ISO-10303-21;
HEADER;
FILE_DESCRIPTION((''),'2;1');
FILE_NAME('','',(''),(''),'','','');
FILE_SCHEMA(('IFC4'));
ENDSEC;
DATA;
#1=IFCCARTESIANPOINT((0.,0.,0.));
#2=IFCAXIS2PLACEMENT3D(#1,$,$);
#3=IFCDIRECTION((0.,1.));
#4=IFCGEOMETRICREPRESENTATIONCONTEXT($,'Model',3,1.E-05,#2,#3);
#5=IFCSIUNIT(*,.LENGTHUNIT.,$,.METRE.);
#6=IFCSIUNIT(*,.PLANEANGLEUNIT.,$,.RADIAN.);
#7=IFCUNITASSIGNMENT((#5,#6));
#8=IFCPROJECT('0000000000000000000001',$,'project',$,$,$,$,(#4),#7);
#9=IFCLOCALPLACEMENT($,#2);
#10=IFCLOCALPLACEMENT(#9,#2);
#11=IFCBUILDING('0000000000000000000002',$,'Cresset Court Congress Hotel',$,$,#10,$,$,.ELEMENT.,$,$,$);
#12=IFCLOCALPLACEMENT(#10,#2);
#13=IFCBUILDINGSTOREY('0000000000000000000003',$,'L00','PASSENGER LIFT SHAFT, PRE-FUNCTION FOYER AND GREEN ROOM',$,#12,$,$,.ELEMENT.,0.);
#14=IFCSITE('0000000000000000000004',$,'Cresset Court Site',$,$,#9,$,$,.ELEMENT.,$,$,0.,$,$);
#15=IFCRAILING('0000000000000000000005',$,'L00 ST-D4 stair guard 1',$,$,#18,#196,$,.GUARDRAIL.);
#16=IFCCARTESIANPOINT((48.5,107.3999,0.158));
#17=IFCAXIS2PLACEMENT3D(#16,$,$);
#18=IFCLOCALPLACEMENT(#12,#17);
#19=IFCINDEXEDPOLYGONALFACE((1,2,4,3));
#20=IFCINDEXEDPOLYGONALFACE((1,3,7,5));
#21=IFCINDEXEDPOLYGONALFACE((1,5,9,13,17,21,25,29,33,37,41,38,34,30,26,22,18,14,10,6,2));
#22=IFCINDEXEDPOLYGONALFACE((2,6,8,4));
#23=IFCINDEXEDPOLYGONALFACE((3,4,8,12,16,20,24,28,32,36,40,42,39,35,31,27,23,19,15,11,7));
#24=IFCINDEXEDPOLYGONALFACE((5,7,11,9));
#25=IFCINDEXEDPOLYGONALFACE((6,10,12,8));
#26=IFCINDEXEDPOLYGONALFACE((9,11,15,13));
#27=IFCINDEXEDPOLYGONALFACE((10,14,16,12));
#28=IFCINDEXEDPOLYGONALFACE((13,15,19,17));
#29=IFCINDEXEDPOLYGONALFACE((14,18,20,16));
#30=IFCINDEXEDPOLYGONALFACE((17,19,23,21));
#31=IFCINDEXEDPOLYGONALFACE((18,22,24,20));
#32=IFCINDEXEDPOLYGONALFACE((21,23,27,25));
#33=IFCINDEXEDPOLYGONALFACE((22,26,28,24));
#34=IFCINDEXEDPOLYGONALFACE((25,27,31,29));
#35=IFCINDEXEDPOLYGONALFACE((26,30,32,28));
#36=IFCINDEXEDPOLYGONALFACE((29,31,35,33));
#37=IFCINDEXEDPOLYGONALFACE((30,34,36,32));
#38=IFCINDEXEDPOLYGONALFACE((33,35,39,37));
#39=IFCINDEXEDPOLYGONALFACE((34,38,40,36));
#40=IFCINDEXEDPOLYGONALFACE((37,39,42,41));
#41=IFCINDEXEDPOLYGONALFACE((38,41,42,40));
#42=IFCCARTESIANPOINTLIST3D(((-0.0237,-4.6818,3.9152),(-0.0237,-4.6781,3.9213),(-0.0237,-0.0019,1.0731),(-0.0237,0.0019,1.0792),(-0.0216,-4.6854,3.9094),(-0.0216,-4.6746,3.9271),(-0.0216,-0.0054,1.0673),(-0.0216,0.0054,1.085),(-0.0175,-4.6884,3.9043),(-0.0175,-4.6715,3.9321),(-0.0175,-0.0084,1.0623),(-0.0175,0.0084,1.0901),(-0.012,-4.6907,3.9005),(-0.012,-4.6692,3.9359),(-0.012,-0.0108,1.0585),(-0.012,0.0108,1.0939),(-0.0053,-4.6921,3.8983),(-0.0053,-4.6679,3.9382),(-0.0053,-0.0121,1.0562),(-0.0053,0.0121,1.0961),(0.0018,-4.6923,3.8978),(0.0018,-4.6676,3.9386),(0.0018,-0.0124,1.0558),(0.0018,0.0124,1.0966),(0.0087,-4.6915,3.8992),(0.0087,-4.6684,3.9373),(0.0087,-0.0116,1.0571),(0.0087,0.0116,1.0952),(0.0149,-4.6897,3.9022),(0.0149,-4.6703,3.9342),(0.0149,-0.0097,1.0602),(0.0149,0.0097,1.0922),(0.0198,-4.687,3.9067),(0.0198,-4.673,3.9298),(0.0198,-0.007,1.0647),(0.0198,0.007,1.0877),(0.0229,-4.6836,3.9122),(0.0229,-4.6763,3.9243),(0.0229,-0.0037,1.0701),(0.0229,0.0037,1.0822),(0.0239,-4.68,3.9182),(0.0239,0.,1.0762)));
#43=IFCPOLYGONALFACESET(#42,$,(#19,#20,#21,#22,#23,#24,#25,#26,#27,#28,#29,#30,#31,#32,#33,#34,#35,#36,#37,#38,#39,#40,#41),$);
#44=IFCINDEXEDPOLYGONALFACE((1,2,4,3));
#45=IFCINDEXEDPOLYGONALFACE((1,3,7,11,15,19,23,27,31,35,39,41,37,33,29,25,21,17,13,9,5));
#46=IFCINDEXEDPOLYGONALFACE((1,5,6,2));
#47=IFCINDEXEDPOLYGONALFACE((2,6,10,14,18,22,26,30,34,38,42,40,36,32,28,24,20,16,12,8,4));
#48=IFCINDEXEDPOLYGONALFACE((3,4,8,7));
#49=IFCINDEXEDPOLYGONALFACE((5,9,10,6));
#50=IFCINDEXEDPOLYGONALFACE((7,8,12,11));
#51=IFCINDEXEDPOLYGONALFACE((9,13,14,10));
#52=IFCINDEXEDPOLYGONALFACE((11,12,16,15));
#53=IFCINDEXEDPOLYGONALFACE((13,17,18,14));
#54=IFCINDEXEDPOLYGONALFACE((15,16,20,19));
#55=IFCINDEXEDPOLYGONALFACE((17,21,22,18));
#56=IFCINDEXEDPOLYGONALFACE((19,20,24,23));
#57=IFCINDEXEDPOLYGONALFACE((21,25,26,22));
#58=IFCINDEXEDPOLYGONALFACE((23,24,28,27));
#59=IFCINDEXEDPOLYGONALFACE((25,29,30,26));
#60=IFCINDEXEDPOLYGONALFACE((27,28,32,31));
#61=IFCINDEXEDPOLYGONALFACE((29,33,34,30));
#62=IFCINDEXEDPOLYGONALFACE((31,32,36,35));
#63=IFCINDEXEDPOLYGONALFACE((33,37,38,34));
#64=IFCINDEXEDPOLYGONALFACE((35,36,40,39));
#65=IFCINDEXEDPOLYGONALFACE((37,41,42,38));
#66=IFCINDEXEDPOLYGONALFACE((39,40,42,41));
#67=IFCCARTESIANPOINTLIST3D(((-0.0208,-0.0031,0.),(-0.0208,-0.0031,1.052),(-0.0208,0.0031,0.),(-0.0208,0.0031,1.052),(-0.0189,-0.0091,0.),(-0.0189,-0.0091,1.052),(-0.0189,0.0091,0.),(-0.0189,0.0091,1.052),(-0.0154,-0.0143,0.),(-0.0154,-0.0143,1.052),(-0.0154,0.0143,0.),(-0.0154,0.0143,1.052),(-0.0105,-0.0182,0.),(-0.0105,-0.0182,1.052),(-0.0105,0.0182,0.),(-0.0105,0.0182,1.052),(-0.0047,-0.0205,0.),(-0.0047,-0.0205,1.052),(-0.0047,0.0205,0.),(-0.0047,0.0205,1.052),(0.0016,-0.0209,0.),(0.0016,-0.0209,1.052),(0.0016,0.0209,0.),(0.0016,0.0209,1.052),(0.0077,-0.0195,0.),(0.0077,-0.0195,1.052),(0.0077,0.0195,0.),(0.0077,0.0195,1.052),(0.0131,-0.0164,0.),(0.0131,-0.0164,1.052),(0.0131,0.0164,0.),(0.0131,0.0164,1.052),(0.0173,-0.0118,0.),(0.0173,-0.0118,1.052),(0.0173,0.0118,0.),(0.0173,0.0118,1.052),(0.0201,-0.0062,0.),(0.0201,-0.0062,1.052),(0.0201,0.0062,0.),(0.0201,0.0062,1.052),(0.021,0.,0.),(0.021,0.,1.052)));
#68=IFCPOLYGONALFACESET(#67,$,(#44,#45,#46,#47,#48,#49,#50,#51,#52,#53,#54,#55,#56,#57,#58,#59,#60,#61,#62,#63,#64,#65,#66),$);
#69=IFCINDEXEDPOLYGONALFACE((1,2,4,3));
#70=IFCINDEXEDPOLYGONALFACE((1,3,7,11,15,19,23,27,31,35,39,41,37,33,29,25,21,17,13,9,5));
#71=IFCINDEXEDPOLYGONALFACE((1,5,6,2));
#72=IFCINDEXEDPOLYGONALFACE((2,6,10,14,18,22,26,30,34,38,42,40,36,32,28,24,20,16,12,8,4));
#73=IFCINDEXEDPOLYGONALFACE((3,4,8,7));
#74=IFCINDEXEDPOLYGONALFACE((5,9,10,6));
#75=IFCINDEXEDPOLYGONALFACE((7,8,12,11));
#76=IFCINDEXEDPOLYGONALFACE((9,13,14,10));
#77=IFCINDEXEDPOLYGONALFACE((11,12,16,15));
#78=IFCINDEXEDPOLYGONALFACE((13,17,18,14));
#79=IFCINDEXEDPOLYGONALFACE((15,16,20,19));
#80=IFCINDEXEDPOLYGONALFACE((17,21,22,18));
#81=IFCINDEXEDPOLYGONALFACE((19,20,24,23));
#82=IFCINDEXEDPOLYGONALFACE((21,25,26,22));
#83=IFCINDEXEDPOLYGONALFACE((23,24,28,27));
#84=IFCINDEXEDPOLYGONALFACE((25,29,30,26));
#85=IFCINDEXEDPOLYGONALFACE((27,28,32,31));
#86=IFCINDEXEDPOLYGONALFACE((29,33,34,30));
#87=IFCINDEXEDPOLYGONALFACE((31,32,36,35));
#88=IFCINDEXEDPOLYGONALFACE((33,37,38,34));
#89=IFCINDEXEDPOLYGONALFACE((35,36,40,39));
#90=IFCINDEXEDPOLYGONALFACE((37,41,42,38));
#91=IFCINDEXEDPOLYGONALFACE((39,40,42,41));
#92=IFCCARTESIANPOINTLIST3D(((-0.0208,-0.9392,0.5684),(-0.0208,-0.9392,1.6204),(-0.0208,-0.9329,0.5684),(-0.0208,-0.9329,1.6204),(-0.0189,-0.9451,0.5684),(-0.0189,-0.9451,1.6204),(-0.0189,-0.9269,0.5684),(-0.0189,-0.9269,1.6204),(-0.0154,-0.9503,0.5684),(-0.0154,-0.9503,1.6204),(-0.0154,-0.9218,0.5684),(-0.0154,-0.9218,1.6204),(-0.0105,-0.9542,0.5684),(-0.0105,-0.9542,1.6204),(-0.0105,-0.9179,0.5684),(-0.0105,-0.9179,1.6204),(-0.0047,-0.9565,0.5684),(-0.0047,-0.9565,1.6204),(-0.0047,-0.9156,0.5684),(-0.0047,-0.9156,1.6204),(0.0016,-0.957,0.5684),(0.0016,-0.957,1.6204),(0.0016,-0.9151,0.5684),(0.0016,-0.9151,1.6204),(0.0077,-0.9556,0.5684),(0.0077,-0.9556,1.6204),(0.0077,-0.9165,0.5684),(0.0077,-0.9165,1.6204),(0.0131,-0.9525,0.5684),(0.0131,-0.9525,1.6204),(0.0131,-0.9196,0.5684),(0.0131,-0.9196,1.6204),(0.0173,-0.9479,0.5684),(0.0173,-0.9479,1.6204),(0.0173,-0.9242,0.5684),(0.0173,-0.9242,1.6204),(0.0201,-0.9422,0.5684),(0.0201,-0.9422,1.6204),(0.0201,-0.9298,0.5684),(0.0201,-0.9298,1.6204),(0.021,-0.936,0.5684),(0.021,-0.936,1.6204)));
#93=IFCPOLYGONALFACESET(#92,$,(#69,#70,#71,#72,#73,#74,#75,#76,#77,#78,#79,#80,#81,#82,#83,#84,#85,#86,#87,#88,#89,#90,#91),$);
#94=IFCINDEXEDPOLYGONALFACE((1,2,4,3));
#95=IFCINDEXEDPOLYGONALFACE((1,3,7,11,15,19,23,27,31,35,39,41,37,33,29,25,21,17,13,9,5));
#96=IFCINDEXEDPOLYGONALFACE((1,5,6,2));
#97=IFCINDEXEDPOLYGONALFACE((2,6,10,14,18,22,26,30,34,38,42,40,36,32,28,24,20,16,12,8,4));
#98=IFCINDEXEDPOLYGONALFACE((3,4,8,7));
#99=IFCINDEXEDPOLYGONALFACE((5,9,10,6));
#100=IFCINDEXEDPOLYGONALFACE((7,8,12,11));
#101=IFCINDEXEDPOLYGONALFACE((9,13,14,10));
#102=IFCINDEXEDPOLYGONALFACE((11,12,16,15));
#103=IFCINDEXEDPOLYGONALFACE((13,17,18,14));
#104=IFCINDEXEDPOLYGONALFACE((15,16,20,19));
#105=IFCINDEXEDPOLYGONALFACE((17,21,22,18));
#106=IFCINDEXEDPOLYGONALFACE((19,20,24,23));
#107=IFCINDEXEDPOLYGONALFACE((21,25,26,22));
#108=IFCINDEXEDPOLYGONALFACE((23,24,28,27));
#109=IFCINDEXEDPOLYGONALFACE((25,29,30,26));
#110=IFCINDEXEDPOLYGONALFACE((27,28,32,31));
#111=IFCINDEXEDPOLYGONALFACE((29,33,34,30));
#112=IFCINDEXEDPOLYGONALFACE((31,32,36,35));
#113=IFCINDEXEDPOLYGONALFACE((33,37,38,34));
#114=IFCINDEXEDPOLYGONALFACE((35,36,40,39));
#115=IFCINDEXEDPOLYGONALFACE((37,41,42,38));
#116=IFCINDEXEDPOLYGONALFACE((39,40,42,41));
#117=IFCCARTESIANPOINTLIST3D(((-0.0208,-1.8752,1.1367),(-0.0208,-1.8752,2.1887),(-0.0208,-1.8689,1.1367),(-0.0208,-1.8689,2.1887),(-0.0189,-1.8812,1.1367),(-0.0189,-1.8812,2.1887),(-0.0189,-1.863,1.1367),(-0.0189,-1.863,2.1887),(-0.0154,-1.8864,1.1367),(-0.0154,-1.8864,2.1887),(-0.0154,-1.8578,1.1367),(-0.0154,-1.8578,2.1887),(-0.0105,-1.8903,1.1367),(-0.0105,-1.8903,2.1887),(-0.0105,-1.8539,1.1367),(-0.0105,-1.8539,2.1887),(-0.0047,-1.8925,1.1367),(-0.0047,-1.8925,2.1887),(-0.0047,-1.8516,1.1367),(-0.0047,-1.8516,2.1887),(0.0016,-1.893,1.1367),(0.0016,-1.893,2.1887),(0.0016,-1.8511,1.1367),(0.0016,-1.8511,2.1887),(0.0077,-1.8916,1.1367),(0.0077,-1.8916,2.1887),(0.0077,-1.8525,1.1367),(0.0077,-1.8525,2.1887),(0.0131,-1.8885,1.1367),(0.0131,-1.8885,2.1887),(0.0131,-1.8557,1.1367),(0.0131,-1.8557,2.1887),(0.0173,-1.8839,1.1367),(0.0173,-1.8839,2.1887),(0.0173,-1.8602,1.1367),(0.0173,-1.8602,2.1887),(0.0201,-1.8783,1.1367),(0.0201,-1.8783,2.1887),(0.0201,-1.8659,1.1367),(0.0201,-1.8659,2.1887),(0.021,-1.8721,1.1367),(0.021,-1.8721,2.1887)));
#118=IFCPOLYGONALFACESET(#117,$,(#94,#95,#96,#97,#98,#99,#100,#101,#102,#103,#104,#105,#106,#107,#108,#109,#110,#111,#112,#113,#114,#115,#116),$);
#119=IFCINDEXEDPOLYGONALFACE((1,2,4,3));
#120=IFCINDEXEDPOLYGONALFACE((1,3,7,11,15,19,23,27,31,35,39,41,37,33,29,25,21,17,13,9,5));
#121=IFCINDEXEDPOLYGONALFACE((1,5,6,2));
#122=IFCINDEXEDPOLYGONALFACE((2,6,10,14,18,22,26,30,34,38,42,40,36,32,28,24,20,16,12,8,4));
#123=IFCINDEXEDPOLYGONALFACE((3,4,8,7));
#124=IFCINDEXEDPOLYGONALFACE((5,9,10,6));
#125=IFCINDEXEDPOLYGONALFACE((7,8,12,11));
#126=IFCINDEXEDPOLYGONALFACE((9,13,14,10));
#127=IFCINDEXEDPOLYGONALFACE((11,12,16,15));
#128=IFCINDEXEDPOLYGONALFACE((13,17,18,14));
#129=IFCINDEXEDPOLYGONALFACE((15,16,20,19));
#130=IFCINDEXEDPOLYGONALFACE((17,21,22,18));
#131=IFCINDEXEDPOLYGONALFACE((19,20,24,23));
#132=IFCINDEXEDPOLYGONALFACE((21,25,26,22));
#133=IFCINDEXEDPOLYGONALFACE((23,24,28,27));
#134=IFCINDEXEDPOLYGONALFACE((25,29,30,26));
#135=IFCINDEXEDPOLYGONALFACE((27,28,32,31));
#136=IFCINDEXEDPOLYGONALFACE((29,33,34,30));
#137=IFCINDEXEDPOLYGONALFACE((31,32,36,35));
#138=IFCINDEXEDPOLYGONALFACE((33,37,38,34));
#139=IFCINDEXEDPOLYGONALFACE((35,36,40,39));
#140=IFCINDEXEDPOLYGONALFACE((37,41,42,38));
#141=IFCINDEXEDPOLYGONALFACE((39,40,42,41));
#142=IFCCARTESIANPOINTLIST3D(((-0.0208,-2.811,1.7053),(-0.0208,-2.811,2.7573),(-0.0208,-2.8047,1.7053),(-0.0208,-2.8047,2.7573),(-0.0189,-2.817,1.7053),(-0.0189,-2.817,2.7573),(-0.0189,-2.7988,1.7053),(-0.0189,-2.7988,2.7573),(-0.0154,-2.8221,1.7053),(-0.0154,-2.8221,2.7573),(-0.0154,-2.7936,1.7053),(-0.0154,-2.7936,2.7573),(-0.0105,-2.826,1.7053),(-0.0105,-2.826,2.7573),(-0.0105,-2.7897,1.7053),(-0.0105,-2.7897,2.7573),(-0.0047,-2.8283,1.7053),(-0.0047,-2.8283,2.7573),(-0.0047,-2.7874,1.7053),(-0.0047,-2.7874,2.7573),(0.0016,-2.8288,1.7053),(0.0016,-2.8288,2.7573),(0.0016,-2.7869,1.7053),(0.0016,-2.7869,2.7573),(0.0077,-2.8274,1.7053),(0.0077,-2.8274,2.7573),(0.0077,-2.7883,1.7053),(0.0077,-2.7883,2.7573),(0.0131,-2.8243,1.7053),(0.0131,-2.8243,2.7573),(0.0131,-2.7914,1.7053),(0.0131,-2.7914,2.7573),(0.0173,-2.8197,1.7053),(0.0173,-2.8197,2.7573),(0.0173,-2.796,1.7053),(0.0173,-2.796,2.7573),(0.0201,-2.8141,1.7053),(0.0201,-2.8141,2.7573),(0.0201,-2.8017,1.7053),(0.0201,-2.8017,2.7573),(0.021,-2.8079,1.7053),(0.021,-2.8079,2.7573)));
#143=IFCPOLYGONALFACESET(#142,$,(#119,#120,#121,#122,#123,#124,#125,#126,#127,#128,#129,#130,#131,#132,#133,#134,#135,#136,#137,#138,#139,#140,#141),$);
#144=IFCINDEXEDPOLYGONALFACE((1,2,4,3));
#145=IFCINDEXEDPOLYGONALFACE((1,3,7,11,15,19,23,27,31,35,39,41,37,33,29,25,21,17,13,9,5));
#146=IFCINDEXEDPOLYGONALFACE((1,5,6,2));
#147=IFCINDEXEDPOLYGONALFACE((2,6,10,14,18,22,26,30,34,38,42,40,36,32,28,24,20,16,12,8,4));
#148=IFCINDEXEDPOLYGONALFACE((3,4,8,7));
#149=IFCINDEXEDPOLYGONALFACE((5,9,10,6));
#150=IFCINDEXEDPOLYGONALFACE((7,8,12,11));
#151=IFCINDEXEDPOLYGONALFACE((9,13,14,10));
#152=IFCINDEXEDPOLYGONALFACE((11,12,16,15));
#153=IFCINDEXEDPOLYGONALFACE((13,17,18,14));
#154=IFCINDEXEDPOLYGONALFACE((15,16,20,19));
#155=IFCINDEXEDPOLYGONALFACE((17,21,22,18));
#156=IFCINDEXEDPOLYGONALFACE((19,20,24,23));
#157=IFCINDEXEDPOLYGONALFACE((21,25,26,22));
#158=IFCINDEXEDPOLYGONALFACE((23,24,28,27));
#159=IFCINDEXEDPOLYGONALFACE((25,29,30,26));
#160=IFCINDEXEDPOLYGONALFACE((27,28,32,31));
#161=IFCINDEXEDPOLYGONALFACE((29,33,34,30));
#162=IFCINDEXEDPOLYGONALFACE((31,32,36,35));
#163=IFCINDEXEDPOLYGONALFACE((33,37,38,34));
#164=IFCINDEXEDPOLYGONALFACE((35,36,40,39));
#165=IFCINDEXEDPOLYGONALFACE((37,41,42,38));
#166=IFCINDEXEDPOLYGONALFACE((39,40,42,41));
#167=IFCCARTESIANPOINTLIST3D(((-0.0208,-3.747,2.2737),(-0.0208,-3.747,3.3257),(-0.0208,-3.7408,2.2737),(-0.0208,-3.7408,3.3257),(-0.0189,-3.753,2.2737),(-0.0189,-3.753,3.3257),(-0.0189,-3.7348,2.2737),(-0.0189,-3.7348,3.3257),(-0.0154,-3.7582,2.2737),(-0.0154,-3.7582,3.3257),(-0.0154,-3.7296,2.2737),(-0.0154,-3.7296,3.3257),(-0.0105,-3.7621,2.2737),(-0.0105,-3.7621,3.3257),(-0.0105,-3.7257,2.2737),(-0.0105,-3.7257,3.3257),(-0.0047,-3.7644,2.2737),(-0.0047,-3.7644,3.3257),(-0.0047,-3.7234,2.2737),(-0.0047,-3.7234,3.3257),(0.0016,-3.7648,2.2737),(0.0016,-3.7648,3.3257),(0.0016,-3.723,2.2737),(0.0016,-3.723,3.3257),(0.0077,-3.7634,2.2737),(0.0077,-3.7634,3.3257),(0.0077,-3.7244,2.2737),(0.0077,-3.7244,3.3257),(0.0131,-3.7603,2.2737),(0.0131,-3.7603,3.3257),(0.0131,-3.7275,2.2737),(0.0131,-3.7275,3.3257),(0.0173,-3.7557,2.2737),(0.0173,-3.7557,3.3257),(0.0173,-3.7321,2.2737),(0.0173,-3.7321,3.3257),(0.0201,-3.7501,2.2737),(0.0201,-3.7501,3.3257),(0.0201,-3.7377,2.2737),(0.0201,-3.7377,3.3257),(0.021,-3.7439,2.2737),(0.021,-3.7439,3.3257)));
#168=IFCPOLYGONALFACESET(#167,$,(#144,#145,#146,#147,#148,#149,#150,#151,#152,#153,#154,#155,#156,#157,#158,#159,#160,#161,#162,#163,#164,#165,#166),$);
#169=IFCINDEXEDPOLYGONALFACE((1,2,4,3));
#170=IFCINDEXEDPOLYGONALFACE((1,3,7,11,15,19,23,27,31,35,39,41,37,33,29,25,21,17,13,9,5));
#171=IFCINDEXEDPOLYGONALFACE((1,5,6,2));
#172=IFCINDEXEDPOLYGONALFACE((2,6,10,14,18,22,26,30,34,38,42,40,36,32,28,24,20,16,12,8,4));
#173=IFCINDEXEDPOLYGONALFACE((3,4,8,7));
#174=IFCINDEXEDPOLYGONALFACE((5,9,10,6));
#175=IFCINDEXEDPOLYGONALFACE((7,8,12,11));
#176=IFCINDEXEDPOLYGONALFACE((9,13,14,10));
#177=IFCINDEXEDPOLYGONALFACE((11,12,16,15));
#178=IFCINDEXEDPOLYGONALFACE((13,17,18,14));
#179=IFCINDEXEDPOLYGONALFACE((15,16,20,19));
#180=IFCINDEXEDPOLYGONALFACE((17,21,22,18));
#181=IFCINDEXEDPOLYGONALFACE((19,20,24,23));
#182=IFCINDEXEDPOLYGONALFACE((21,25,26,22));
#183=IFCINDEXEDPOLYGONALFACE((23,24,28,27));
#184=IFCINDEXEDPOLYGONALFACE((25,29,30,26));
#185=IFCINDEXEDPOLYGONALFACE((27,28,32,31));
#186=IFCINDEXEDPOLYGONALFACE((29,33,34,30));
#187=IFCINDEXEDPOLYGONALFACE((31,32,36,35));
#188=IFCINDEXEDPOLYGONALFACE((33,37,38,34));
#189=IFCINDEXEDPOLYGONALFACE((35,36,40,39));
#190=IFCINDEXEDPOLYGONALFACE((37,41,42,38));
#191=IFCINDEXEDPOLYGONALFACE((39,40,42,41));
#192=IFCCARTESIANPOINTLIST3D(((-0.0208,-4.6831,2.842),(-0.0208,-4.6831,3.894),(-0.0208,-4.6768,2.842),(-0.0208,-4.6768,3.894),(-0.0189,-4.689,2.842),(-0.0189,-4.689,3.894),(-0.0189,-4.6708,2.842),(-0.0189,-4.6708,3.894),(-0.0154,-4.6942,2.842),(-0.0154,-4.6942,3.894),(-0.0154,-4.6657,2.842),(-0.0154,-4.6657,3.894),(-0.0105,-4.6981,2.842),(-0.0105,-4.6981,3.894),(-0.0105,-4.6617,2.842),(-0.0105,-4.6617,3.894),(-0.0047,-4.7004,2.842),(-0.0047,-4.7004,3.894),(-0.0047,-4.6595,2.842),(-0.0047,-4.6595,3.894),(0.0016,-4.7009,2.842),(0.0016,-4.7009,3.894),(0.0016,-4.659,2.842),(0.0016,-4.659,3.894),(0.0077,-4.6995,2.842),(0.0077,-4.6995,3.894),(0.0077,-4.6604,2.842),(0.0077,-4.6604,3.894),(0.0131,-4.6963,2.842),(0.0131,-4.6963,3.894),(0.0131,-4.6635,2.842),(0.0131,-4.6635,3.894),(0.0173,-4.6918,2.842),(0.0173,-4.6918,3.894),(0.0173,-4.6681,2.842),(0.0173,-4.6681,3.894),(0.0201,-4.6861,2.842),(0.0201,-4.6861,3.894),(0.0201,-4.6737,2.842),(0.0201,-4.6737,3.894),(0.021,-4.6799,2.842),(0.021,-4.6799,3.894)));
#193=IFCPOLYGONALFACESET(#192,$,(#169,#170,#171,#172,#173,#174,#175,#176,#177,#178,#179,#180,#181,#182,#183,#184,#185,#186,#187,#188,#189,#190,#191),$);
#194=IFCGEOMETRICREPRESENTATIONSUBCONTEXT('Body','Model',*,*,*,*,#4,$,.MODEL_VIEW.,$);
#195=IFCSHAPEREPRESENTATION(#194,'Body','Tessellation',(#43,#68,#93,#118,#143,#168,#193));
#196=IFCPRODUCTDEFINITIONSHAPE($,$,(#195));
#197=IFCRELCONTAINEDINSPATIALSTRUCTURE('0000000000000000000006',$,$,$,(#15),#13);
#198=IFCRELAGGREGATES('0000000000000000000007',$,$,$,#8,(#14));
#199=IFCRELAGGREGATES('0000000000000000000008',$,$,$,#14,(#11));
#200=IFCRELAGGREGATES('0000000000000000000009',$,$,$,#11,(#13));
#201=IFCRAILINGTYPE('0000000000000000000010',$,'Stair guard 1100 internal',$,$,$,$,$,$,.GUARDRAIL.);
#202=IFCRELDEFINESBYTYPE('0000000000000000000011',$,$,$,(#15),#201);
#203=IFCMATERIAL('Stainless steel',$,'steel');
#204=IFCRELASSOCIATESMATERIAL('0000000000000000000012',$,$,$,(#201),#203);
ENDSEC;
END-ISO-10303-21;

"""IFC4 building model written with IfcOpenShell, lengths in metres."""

from ifc_helpers import new_model, si_unit, direction, frame, origin, origin_2d, place, context, subcontext, project, spatial, circle, extrude, material, type_object, element, save


model = new_model("IFC4")

# Units and contexts
model_context = context("Model", 3, precision=1e-05, world=origin(), true_north=direction((0.0, 1.0)))
body_context = subcontext(model_context, "Body", "Model", "MODEL_VIEW")
ifc_project = project(units=[si_unit("LENGTHUNIT", "METRE"), si_unit("PLANEANGLEUNIT", "RADIAN")], contexts=[model_context])

# Site, building, storey
site_placement = place(None, origin())
site = spatial("IfcSite", under=ifc_project, at=site_placement, Name="Cresset Court Site", CompositionType="ELEMENT", RefElevation=0.0)
building_placement = place(site_placement, origin())
building = spatial("IfcBuilding", under=site, at=building_placement, Name="Cresset Court Congress Hotel", CompositionType="ELEMENT")
storey_placement = place(building_placement, origin())
storey = spatial("IfcBuildingStorey", under=building, at=storey_placement, Name="L00", Description="PASSENGER LIFT SHAFT, PRE-FUNCTION FOYER AND GREEN ROOM", CompositionType="ELEMENT", Elevation=0.0)

# Railing
ifc_material_1 = material(Name="Stainless steel", Category="steel")
railing_type_1 = type_object("IfcRailingType", Name="Stair guard 1100 internal", PredefinedType="GUARDRAIL", material=ifc_material_1)
railing_1_placement = place(storey_placement, frame((48.5, 107.3999, 0.158)))
element("IfcRailing", 1, at=railing_1_placement, inside=storey, type_object=railing_type_1, Name="L00 ST-D4 stair guard 1", PredefinedType="GUARDRAIL", context=body_context, shape_type="SweptSolid", body=[
    extrude(circle(Radius=0.0239, at=origin_2d()), frame((0.0, 0.0, 1.0762), z_axis=(0.0, -0.854735, 0.519065), x_axis=(1.0, 0.0, 0.0)), (0.0, 0.0, 1.0), 5.4753),
    extrude(circle(Radius=0.021, at=origin_2d()), origin(), (0.0, 0.0, 1.0), 1.052),
    extrude(circle(Radius=0.021, at=origin_2d()), frame((0.0, -0.936, 0.5684)), (0.0, 0.0, 1.0), 1.052),
    extrude(circle(Radius=0.021, at=origin_2d()), frame((0.0, -1.8721, 1.1367)), (0.0, 0.0, 1.0), 1.052),
    extrude(circle(Radius=0.021, at=origin_2d()), frame((0.0, -2.8079, 1.7053)), (0.0, 0.0, 1.0), 1.052),
    extrude(circle(Radius=0.021, at=origin_2d()), frame((0.0, -3.7439, 2.2737)), (0.0, 0.0, 1.0), 1.052),
    extrude(circle(Radius=0.021, at=origin_2d()), frame((0.0, -4.6799, 2.842)), (0.0, 0.0, 1.0), 1.052),
])

save(model, "model.ifc")
